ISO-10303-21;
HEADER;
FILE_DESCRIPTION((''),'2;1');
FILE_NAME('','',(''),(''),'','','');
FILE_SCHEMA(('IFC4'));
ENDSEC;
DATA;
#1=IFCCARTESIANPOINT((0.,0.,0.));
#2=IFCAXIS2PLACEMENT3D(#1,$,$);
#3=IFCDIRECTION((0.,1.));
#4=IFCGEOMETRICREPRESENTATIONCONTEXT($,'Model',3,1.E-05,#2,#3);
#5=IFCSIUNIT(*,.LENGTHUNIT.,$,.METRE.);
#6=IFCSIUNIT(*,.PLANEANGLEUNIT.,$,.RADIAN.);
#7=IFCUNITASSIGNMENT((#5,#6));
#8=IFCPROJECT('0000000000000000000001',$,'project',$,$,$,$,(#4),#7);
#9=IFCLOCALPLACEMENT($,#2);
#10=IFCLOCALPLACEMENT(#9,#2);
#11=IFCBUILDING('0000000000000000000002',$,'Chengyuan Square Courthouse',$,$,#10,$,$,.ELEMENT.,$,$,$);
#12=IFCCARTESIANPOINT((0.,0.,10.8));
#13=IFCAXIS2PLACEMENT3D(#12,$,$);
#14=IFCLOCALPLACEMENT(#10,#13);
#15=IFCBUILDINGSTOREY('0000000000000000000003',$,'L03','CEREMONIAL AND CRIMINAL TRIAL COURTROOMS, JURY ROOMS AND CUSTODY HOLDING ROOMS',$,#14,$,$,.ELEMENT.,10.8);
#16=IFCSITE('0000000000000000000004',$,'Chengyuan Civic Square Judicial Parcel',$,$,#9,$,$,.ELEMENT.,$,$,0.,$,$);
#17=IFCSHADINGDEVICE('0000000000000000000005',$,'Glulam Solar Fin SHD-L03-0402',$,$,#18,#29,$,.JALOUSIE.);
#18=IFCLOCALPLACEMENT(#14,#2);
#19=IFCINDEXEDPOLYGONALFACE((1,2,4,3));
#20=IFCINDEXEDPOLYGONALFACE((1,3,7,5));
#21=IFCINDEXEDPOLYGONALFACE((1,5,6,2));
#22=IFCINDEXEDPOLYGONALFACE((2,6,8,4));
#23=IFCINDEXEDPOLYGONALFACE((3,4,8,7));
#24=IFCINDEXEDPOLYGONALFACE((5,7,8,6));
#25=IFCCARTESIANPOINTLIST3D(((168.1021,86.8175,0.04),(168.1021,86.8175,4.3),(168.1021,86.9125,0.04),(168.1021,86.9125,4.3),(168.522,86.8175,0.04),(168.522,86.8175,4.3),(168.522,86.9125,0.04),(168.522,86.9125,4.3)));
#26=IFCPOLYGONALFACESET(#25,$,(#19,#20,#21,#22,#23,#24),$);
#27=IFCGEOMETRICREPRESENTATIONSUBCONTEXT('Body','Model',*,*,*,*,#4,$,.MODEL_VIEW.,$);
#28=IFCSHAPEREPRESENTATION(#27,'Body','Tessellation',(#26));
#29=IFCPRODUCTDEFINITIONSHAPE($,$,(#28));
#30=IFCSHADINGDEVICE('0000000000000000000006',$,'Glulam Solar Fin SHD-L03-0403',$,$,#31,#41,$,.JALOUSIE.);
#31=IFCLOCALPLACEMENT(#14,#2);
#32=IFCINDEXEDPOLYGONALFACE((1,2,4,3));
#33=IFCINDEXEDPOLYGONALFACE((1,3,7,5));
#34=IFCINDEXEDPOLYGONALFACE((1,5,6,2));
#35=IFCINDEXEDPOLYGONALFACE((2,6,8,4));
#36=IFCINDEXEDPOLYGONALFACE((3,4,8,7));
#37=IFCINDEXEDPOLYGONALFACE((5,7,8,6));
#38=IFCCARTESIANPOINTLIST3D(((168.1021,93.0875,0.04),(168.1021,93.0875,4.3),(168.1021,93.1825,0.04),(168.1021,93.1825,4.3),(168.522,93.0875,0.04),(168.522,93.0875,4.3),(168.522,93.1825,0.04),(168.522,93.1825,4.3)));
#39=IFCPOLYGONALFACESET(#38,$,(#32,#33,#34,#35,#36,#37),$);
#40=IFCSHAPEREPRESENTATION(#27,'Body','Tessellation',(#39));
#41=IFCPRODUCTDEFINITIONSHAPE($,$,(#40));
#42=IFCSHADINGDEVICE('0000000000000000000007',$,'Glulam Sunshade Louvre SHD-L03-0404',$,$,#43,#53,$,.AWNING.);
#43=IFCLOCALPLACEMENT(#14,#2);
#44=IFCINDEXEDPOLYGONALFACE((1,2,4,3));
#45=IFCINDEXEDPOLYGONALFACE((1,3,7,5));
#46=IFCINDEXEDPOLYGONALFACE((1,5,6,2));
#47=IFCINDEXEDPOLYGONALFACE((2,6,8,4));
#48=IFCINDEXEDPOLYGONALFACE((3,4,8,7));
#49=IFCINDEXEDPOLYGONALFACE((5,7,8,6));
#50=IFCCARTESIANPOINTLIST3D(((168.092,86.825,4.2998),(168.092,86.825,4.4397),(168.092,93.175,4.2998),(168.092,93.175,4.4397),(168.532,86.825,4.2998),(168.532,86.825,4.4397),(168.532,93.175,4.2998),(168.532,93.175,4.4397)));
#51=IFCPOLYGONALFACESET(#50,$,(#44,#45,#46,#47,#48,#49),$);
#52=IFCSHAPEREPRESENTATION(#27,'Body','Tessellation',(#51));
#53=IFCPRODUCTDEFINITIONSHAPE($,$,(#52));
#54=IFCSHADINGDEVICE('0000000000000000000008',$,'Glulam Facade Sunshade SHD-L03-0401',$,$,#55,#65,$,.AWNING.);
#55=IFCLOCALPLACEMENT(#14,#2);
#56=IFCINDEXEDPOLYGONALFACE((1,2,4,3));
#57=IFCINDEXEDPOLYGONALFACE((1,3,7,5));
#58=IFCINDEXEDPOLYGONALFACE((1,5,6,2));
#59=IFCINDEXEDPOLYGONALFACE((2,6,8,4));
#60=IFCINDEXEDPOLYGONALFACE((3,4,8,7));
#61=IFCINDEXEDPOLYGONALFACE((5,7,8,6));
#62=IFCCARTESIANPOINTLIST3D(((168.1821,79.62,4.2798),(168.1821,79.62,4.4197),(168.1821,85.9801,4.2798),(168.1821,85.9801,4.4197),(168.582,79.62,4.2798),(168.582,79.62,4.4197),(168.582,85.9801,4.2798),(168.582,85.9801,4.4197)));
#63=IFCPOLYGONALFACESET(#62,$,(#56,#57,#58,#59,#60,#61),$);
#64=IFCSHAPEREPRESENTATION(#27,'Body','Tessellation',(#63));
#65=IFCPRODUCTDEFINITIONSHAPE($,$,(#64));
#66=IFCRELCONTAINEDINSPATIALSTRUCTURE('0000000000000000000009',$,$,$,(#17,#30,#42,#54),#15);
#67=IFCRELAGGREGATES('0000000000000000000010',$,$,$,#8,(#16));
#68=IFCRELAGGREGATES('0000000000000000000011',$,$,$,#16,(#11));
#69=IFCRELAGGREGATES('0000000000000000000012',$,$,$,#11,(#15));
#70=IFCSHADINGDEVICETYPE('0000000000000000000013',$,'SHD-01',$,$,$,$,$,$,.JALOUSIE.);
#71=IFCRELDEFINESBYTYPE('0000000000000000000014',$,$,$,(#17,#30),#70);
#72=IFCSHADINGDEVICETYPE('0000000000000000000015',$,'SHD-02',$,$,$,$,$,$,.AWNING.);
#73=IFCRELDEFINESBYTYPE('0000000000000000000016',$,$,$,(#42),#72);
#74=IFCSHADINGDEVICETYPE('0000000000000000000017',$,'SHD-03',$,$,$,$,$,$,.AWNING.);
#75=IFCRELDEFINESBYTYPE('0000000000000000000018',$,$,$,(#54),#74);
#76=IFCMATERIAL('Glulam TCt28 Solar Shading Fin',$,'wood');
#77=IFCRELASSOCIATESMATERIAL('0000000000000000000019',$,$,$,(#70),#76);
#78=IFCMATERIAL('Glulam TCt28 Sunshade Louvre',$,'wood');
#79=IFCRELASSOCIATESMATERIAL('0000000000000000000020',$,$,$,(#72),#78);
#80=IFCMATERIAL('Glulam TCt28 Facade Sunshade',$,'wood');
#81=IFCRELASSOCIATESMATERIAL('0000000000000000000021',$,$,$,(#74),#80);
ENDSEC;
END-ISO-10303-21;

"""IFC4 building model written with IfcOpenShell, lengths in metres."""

from ifc_helpers import new_model, si_unit, direction, frame, origin, origin_2d, place, context, subcontext, project, spatial, rectangle, extrude, material, type_object, element, save


model = new_model("IFC4")

# Units and contexts
model_context = context("Model", 3, precision=1e-05, world=origin(), true_north=direction((0.0, 1.0)))
body_context = subcontext(model_context, "Body", "Model", "MODEL_VIEW")
ifc_project = project(units=[si_unit("LENGTHUNIT", "METRE"), si_unit("PLANEANGLEUNIT", "RADIAN")], contexts=[model_context])

# Site, building, storey
site_placement = place(None, origin())
site = spatial("IfcSite", under=ifc_project, at=site_placement, Name="Chengyuan Civic Square Judicial Parcel", CompositionType="ELEMENT", RefElevation=0.0)
building_placement = place(site_placement, origin())
building = spatial("IfcBuilding", under=site, at=building_placement, Name="Chengyuan Square Courthouse", CompositionType="ELEMENT")
storey_placement = place(building_placement, frame((0.0, 0.0, 10.8)))
storey = spatial("IfcBuildingStorey", under=building, at=storey_placement, Name="L03", Description="CEREMONIAL AND CRIMINAL TRIAL COURTROOMS, JURY ROOMS AND CUSTODY HOLDING ROOMS", CompositionType="ELEMENT", Elevation=10.8)

# Shading devices
ifc_material_1 = material(Name="Glulam TCt28 Solar Shading Fin", Category="wood")
shading_device_type_1 = type_object("IfcShadingDeviceType", Name="SHD-01", PredefinedType="JALOUSIE", material=ifc_material_1)
for number, where, z_axis, x_axis, name in (
    (1, (168.312, 86.865, 0.04), (0.0, 0.0, 1.0), (1.0, 0.0, 0.0), "Glulam Solar Fin SHD-L03-0402"),
    (2, (168.312, 93.135, 0.04), (0.0, 0.0, 1.0), (1.0, 0.0, 0.0), "Glulam Solar Fin SHD-L03-0403"),
):
    element("IfcShadingDevice", number, at=place(storey_placement, frame(where, z_axis=z_axis, x_axis=x_axis)), inside=storey, type_object=shading_device_type_1, Name=name, PredefinedType="JALOUSIE", context=body_context, shape_type="SweptSolid", body=[
        extrude(rectangle(XDim=0.4199, YDim=0.095, at=origin_2d()), origin(), (0.0, 0.0, 1.0), 4.26),
    ])
ifc_material_2 = material(Name="Glulam TCt28 Sunshade Louvre", Category="wood")
shading_device_type_2 = type_object("IfcShadingDeviceType", Name="SHD-02", PredefinedType="AWNING", material=ifc_material_2)
shading_device_1_placement = place(storey_placement, frame((168.312, 90.0, 4.2998), z_axis=(0.0, 0.0, 1.0), x_axis=(0.0, 1.0, 0.0)))
element("IfcShadingDevice", 3, at=shading_device_1_placement, inside=storey, type_object=shading_device_type_2, Name="Glulam Sunshade Louvre SHD-L03-0404", PredefinedType="AWNING", context=body_context, shape_type="SweptSolid", body=[
    extrude(rectangle(XDim=6.3501, YDim=0.4399, at=origin_2d()), origin(), (0.0, 0.0, 1.0), 0.1399),
])
ifc_material_3 = material(Name="Glulam TCt28 Facade Sunshade", Category="wood")
shading_device_type_3 = type_object("IfcShadingDeviceType", Name="SHD-03", PredefinedType="AWNING", material=ifc_material_3)
shading_device_2_placement = place(storey_placement, frame((168.3821, 82.8, 4.2798), z_axis=(0.0, 0.0, 1.0), x_axis=(0.0, 1.0, 0.0)))
element("IfcShadingDevice", 4, at=shading_device_2_placement, inside=storey, type_object=shading_device_type_3, Name="Glulam Facade Sunshade SHD-L03-0401", PredefinedType="AWNING", context=body_context, shape_type="SweptSolid", body=[
    extrude(rectangle(XDim=6.3601, YDim=0.3999, at=origin_2d()), origin(), (0.0, 0.0, 1.0), 0.1399),
])

save(model, "model.ifc")
